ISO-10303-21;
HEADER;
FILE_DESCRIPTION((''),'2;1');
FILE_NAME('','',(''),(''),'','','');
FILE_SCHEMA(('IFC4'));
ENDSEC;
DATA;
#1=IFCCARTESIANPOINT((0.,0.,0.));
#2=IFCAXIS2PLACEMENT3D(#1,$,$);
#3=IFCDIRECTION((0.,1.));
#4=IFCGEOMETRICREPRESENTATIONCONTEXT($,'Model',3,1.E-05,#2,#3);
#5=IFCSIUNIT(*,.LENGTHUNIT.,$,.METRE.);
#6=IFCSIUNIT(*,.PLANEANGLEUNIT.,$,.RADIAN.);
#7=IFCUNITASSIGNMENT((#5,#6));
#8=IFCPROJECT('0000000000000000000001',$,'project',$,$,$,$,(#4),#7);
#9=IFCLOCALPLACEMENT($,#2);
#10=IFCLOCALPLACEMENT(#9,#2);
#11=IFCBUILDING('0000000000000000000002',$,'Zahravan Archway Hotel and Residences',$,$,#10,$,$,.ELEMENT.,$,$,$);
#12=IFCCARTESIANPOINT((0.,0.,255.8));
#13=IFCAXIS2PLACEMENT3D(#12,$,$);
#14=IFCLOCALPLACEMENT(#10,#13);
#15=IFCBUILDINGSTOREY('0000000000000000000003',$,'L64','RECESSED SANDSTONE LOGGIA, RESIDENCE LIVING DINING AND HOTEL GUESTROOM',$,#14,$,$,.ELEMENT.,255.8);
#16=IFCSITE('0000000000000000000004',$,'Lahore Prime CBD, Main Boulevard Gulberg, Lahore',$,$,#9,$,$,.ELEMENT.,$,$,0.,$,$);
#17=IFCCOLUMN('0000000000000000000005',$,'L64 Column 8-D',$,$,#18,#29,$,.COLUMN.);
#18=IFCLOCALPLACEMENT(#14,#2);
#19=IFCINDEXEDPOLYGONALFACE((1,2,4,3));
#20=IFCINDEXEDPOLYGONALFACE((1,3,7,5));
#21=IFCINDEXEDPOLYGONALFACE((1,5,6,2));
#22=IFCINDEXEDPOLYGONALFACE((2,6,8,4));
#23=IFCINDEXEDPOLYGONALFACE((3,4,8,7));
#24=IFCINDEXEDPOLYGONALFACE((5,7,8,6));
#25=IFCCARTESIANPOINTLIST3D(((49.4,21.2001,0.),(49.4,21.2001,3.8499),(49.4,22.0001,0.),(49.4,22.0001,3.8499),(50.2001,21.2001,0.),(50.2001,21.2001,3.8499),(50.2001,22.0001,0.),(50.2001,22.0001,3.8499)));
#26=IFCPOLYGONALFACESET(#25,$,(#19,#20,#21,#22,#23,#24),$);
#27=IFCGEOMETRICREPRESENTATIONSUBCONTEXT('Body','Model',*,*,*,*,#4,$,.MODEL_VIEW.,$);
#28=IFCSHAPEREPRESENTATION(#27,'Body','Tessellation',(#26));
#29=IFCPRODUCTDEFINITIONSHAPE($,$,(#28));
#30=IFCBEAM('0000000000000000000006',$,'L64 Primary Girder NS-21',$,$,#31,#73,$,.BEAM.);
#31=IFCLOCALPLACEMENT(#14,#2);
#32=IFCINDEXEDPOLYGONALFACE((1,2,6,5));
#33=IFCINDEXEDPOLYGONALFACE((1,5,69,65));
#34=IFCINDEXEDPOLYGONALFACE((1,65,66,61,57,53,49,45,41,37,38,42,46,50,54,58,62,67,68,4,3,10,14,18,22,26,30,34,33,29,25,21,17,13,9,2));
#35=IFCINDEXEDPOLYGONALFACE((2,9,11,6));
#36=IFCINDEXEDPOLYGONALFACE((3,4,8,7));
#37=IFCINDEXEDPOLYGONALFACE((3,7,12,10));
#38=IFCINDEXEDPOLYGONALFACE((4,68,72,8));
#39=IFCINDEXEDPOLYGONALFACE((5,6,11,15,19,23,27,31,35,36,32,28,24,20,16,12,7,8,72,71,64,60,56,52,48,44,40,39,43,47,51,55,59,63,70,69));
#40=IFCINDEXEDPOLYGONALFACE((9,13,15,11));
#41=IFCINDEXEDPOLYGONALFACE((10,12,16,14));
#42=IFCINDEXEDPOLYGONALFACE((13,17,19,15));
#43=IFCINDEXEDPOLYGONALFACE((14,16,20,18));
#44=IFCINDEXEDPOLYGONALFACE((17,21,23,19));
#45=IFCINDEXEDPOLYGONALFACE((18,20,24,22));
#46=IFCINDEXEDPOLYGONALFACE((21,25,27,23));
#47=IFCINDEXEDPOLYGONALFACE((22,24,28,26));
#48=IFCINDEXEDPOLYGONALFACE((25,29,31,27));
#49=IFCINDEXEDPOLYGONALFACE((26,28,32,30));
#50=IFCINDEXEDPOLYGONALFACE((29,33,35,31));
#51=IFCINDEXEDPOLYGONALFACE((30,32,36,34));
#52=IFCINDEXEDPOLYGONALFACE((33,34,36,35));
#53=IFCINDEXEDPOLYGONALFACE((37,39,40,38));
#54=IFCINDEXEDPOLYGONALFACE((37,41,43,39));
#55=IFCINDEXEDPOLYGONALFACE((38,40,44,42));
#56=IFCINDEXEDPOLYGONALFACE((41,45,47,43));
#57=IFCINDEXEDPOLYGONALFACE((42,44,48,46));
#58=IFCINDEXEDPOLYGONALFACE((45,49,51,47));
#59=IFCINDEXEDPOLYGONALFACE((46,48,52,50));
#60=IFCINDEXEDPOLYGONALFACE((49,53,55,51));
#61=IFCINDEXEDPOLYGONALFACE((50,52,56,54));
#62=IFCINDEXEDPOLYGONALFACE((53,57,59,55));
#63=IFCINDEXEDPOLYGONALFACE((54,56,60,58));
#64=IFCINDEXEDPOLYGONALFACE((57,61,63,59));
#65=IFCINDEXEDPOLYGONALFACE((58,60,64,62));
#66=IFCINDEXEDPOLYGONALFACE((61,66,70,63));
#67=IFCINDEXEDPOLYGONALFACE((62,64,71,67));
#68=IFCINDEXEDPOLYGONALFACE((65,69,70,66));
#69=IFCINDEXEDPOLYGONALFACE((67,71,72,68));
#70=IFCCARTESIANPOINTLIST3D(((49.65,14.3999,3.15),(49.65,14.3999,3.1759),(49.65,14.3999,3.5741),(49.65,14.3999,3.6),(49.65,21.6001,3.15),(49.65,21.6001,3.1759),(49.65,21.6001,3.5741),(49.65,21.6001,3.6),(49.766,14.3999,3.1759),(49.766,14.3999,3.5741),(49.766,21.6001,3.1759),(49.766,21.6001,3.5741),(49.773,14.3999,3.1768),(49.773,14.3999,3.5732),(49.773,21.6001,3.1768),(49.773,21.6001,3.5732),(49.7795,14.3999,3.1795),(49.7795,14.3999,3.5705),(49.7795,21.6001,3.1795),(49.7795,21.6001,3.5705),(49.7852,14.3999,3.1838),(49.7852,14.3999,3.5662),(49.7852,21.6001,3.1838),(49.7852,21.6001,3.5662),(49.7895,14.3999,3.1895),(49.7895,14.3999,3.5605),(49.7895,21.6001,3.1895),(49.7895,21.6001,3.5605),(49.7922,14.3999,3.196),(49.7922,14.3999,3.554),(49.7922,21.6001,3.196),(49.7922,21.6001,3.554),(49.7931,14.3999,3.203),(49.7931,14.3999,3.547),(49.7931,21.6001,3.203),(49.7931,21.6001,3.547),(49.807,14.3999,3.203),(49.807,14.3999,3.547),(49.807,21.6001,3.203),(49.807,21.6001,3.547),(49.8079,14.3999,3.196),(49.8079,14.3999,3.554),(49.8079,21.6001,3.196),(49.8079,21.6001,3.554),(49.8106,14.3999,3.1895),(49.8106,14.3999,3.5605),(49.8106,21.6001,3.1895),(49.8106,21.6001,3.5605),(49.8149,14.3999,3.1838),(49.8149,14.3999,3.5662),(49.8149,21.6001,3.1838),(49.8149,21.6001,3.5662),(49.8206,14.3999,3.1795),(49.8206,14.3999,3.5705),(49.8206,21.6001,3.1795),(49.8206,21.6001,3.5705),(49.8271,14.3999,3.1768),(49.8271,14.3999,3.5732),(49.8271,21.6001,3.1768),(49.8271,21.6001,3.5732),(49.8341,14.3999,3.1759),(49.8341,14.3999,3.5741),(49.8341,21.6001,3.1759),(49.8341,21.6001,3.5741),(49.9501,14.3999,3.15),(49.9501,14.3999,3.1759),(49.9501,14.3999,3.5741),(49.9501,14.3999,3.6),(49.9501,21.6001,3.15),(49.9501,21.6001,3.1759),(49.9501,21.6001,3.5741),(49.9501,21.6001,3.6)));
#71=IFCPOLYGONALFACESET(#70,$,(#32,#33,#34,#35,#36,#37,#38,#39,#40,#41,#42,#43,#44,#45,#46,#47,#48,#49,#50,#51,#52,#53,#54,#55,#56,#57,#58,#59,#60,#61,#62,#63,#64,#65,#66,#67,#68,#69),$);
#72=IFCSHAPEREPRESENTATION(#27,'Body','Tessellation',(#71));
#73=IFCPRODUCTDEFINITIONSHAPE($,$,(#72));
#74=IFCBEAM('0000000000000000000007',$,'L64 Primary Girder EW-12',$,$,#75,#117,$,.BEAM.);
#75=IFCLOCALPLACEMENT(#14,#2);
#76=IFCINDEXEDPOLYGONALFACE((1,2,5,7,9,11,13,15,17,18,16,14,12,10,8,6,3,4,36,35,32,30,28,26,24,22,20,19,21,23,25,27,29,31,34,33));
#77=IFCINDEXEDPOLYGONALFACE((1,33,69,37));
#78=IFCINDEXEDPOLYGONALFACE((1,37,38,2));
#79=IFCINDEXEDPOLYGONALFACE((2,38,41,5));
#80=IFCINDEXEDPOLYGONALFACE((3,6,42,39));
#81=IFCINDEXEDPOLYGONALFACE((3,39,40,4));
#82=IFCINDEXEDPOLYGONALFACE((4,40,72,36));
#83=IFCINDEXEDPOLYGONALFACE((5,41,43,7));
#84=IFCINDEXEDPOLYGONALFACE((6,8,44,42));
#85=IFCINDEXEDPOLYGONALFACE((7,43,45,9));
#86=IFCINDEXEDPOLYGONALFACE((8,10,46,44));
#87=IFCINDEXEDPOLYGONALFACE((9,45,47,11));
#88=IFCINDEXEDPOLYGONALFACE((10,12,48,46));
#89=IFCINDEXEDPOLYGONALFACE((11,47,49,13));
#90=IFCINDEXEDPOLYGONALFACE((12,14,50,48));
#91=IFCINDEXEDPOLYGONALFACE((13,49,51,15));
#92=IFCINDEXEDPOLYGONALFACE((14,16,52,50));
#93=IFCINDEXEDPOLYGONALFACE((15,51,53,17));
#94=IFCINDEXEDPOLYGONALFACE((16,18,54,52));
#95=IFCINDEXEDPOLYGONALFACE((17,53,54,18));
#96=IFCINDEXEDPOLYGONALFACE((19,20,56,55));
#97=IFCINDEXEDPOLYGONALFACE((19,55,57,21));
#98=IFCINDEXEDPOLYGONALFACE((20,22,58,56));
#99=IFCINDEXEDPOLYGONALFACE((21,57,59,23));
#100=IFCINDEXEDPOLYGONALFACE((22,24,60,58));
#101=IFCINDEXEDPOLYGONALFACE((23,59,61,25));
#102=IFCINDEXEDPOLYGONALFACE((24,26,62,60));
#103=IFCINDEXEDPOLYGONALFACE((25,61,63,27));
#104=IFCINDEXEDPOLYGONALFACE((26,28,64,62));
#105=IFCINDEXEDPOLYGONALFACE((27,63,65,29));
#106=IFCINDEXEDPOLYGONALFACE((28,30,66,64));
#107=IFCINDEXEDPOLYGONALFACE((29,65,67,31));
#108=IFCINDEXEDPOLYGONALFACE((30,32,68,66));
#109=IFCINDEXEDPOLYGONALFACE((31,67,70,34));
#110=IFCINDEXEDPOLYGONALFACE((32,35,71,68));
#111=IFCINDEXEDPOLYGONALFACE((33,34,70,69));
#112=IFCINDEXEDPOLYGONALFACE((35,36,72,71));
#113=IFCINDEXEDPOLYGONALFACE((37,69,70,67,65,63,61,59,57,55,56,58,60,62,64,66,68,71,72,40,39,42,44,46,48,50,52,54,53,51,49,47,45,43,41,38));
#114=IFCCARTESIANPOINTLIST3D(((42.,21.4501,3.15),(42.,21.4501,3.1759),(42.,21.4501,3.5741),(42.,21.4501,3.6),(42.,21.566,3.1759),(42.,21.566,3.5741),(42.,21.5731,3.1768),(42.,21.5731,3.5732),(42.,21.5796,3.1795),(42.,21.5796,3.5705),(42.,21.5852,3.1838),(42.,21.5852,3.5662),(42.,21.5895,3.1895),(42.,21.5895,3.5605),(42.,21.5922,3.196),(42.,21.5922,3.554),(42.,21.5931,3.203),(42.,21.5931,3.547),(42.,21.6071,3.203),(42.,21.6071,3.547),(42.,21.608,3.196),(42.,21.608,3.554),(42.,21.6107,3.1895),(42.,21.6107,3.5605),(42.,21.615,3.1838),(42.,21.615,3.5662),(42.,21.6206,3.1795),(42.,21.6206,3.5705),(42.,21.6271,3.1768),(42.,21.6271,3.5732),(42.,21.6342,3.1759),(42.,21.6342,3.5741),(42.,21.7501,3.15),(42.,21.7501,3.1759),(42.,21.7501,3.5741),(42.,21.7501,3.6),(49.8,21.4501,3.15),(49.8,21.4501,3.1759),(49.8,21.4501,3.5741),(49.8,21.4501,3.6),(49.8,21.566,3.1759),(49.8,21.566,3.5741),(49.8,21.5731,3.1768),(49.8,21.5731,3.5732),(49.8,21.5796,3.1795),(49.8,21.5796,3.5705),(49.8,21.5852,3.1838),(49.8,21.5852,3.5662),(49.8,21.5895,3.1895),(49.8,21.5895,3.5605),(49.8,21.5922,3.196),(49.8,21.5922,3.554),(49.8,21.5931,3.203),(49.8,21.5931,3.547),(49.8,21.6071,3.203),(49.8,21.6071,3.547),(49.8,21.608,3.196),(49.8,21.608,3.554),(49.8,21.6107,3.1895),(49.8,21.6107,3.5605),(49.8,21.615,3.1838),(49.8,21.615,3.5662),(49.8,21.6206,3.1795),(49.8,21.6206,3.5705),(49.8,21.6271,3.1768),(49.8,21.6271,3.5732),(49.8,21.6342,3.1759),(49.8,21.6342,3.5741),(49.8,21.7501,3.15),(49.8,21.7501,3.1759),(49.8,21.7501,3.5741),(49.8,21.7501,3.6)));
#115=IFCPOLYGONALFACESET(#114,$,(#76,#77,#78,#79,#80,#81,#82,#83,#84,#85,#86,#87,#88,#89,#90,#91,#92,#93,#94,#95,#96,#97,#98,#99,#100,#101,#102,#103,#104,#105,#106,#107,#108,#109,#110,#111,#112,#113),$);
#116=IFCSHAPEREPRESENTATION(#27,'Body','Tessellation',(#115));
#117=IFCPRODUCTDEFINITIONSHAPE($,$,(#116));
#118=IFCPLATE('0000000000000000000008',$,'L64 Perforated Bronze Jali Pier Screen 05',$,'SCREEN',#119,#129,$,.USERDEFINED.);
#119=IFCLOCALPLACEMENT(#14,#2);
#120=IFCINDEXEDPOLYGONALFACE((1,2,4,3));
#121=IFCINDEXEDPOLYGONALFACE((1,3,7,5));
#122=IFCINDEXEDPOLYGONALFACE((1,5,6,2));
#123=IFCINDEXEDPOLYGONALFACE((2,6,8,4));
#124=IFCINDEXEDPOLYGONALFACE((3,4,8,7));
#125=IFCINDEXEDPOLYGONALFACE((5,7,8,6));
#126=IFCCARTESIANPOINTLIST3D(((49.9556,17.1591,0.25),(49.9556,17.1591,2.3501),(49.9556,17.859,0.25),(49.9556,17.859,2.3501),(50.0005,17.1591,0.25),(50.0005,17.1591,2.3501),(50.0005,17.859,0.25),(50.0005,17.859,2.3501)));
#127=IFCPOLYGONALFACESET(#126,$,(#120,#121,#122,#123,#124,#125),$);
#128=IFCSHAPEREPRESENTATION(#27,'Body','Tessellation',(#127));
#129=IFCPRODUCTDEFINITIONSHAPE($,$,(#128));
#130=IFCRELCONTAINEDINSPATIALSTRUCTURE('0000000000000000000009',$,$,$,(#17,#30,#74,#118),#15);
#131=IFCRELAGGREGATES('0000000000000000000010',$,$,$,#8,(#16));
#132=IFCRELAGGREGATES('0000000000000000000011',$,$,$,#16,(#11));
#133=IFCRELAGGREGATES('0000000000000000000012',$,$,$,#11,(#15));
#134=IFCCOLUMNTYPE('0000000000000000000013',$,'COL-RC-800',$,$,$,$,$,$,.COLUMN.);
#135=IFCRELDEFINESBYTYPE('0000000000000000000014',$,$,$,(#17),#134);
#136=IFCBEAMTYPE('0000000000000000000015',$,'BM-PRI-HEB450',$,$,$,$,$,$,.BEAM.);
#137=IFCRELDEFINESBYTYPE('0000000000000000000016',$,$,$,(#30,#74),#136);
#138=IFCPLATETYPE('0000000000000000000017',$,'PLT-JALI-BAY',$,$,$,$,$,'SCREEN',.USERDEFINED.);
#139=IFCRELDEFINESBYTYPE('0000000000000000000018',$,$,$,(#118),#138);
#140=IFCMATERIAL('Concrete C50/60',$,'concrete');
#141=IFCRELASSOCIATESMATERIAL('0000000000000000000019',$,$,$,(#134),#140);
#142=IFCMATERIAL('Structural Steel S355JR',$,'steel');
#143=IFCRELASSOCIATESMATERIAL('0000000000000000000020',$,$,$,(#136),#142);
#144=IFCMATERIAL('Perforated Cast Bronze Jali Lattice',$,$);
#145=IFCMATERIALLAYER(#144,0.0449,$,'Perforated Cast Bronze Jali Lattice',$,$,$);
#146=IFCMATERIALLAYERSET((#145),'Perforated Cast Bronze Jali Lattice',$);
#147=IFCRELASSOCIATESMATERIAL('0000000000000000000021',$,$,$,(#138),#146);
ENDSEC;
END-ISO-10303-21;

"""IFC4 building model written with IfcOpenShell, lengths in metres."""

from ifc_helpers import new_model, si_unit, direction, frame, origin, origin_2d, place, context, subcontext, project, spatial, rectangle, i_section, extrude, source, transform, mapped, material, layer, layer_set, material_profile, profile_set, type_object, type_shapes, element, save


model = new_model("IFC4")

# Units and contexts
model_context = context("Model", 3, precision=1e-05, world=origin(), true_north=direction((0.0, 1.0)))
body_context = subcontext(model_context, "Body", "Model", "MODEL_VIEW")
ifc_project = project(units=[si_unit("LENGTHUNIT", "METRE"), si_unit("PLANEANGLEUNIT", "RADIAN")], contexts=[model_context])

# Site, building, storey
site_placement = place(None, origin())
site = spatial("IfcSite", under=ifc_project, at=site_placement, Name="Lahore Prime CBD, Main Boulevard Gulberg, Lahore", CompositionType="ELEMENT", RefElevation=0.0)
building_placement = place(site_placement, origin())
building = spatial("IfcBuilding", under=site, at=building_placement, Name="Zahravan Archway Hotel and Residences", CompositionType="ELEMENT")
storey_placement = place(building_placement, frame((0.0, 0.0, 255.8)))
storey = spatial("IfcBuildingStorey", under=building, at=storey_placement, Name="L64", Description="RECESSED SANDSTONE LOGGIA, RESIDENCE LIVING DINING AND HOTEL GUESTROOM", CompositionType="ELEMENT", Elevation=255.8)

# Column
ifc_material_1 = material(Name="Concrete C50/60", Category="concrete")
ifc_material_profile_1 = material_profile(ifc_material_1, rectangle(XDim=0.8, YDim=0.8, at=origin_2d()), Name="RC-COL-800x800", Category="concrete")
ifc_profile_set_1 = profile_set([ifc_material_profile_1], Name="Concrete C50/60")
column_type = type_object("IfcColumnType", Name="COL-RC-800", PredefinedType="COLUMN", material=ifc_profile_set_1)
shared_shape_1 = source(origin(), body_context, "Body", "SweptSolid", [
    extrude(rectangle(XDim=0.8, YDim=0.8, at=origin_2d()), origin(), (0.0, 0.0, 1.0), 3.8499),
])
column_placement = place(storey_placement, frame((49.8, 21.6001, 0.0), z_axis=(0.0, 0.0, 1.0), x_axis=(1.0, 0.0, 0.0)))
element("IfcColumn", 1, at=column_placement, inside=storey, type_object=column_type, Name="L64 Column 8-D", PredefinedType="COLUMN", context=body_context, shape_type="MappedRepresentation", body=[
    mapped(shared_shape_1, transform((0.0, 0.0, 0.0), scale=1.0)),
])

# Beams
ifc_material_2 = material(Name="Structural Steel S355JR", Category="steel")
ifc_material_profile_2 = material_profile(ifc_material_2, i_section(OverallWidth=0.3, OverallDepth=0.45, WebThickness=0.0139, FlangeThickness=0.0259, FilletRadius=0.0271, at=origin_2d()), Name="HEB 450", Category="steel")
ifc_profile_set_2 = profile_set([ifc_material_profile_2], Name="Structural Steel S355JR")
beam_type = type_object("IfcBeamType", Name="BM-PRI-HEB450", PredefinedType="BEAM", material=ifc_profile_set_2)
shared_shape_2 = source(origin(), body_context, "Body", "SweptSolid", [
    extrude(i_section(OverallWidth=0.3, OverallDepth=0.45, WebThickness=0.0139, FlangeThickness=0.0259, FilletRadius=0.0271, at=origin_2d()), origin(), (0.0, 0.0, 1.0), 7.2002),
])
type_shapes(beam_type, [shared_shape_2])
beam_1_placement = place(storey_placement, frame((49.8, 14.3999, 3.375), z_axis=(0.0, 1.0, 0.0), x_axis=(-1.0, 0.0, 0.0)))
element("IfcBeam", 2, at=beam_1_placement, inside=storey, type_object=beam_type, Name="L64 Primary Girder NS-21", PredefinedType="BEAM", context=body_context, shape_type="MappedRepresentation", body=[
    mapped(shared_shape_2, transform((0.0, 0.0, 0.0), scale=1.0)),
])
shared_shape_3 = source(origin(), body_context, "Body", "SweptSolid", [
    extrude(i_section(OverallWidth=0.3, OverallDepth=0.45, WebThickness=0.0139, FlangeThickness=0.0259, FilletRadius=0.0271, at=origin_2d()), origin(), (0.0, 0.0, 1.0), 7.8),
])
beam_2_placement = place(storey_placement, frame((42.0, 21.6001, 3.375), z_axis=(1.0, 0.0, 0.0), x_axis=(0.0, 1.0, 0.0)))
element("IfcBeam", 3, at=beam_2_placement, inside=storey, type_object=beam_type, Name="L64 Primary Girder EW-12", PredefinedType="BEAM", context=body_context, shape_type="MappedRepresentation", body=[
    mapped(shared_shape_3, transform((0.0, 0.0, 0.0), scale=1.0)),
])

# Plate
ifc_material_3 = material(Name="Perforated Cast Bronze Jali Lattice")
ifc_layer_1 = layer(ifc_material_3, 0.0449, Name="Perforated Cast Bronze Jali Lattice")
ifc_layer_set_1 = layer_set([ifc_layer_1], Name="Perforated Cast Bronze Jali Lattice")
plate_type = type_object("IfcPlateType", Name="PLT-JALI-BAY", ElementType="SCREEN", PredefinedType="USERDEFINED", material=ifc_layer_set_1)
shared_shape_4 = source(origin(), body_context, "Body", "SweptSolid", [
    extrude(rectangle(XDim=0.7, YDim=0.0449, at=origin_2d()), origin(), (0.0, 0.0, 1.0), 2.1001),
])
type_shapes(plate_type, [shared_shape_4])
plate_placement = place(storey_placement, frame((49.978, 17.509, 0.25), z_axis=(0.0, 0.0, 1.0), x_axis=(0.0, 1.0, 0.0)))
element("IfcPlate", 4, at=plate_placement, inside=storey, type_object=plate_type, Name="L64 Perforated Bronze Jali Pier Screen 05", ObjectType="SCREEN", PredefinedType="USERDEFINED", context=body_context, shape_type="MappedRepresentation", body=[
    mapped(shared_shape_4, transform((0.0, 0.0, 0.0), scale=1.0)),
])

save(model, "model.ifc")
